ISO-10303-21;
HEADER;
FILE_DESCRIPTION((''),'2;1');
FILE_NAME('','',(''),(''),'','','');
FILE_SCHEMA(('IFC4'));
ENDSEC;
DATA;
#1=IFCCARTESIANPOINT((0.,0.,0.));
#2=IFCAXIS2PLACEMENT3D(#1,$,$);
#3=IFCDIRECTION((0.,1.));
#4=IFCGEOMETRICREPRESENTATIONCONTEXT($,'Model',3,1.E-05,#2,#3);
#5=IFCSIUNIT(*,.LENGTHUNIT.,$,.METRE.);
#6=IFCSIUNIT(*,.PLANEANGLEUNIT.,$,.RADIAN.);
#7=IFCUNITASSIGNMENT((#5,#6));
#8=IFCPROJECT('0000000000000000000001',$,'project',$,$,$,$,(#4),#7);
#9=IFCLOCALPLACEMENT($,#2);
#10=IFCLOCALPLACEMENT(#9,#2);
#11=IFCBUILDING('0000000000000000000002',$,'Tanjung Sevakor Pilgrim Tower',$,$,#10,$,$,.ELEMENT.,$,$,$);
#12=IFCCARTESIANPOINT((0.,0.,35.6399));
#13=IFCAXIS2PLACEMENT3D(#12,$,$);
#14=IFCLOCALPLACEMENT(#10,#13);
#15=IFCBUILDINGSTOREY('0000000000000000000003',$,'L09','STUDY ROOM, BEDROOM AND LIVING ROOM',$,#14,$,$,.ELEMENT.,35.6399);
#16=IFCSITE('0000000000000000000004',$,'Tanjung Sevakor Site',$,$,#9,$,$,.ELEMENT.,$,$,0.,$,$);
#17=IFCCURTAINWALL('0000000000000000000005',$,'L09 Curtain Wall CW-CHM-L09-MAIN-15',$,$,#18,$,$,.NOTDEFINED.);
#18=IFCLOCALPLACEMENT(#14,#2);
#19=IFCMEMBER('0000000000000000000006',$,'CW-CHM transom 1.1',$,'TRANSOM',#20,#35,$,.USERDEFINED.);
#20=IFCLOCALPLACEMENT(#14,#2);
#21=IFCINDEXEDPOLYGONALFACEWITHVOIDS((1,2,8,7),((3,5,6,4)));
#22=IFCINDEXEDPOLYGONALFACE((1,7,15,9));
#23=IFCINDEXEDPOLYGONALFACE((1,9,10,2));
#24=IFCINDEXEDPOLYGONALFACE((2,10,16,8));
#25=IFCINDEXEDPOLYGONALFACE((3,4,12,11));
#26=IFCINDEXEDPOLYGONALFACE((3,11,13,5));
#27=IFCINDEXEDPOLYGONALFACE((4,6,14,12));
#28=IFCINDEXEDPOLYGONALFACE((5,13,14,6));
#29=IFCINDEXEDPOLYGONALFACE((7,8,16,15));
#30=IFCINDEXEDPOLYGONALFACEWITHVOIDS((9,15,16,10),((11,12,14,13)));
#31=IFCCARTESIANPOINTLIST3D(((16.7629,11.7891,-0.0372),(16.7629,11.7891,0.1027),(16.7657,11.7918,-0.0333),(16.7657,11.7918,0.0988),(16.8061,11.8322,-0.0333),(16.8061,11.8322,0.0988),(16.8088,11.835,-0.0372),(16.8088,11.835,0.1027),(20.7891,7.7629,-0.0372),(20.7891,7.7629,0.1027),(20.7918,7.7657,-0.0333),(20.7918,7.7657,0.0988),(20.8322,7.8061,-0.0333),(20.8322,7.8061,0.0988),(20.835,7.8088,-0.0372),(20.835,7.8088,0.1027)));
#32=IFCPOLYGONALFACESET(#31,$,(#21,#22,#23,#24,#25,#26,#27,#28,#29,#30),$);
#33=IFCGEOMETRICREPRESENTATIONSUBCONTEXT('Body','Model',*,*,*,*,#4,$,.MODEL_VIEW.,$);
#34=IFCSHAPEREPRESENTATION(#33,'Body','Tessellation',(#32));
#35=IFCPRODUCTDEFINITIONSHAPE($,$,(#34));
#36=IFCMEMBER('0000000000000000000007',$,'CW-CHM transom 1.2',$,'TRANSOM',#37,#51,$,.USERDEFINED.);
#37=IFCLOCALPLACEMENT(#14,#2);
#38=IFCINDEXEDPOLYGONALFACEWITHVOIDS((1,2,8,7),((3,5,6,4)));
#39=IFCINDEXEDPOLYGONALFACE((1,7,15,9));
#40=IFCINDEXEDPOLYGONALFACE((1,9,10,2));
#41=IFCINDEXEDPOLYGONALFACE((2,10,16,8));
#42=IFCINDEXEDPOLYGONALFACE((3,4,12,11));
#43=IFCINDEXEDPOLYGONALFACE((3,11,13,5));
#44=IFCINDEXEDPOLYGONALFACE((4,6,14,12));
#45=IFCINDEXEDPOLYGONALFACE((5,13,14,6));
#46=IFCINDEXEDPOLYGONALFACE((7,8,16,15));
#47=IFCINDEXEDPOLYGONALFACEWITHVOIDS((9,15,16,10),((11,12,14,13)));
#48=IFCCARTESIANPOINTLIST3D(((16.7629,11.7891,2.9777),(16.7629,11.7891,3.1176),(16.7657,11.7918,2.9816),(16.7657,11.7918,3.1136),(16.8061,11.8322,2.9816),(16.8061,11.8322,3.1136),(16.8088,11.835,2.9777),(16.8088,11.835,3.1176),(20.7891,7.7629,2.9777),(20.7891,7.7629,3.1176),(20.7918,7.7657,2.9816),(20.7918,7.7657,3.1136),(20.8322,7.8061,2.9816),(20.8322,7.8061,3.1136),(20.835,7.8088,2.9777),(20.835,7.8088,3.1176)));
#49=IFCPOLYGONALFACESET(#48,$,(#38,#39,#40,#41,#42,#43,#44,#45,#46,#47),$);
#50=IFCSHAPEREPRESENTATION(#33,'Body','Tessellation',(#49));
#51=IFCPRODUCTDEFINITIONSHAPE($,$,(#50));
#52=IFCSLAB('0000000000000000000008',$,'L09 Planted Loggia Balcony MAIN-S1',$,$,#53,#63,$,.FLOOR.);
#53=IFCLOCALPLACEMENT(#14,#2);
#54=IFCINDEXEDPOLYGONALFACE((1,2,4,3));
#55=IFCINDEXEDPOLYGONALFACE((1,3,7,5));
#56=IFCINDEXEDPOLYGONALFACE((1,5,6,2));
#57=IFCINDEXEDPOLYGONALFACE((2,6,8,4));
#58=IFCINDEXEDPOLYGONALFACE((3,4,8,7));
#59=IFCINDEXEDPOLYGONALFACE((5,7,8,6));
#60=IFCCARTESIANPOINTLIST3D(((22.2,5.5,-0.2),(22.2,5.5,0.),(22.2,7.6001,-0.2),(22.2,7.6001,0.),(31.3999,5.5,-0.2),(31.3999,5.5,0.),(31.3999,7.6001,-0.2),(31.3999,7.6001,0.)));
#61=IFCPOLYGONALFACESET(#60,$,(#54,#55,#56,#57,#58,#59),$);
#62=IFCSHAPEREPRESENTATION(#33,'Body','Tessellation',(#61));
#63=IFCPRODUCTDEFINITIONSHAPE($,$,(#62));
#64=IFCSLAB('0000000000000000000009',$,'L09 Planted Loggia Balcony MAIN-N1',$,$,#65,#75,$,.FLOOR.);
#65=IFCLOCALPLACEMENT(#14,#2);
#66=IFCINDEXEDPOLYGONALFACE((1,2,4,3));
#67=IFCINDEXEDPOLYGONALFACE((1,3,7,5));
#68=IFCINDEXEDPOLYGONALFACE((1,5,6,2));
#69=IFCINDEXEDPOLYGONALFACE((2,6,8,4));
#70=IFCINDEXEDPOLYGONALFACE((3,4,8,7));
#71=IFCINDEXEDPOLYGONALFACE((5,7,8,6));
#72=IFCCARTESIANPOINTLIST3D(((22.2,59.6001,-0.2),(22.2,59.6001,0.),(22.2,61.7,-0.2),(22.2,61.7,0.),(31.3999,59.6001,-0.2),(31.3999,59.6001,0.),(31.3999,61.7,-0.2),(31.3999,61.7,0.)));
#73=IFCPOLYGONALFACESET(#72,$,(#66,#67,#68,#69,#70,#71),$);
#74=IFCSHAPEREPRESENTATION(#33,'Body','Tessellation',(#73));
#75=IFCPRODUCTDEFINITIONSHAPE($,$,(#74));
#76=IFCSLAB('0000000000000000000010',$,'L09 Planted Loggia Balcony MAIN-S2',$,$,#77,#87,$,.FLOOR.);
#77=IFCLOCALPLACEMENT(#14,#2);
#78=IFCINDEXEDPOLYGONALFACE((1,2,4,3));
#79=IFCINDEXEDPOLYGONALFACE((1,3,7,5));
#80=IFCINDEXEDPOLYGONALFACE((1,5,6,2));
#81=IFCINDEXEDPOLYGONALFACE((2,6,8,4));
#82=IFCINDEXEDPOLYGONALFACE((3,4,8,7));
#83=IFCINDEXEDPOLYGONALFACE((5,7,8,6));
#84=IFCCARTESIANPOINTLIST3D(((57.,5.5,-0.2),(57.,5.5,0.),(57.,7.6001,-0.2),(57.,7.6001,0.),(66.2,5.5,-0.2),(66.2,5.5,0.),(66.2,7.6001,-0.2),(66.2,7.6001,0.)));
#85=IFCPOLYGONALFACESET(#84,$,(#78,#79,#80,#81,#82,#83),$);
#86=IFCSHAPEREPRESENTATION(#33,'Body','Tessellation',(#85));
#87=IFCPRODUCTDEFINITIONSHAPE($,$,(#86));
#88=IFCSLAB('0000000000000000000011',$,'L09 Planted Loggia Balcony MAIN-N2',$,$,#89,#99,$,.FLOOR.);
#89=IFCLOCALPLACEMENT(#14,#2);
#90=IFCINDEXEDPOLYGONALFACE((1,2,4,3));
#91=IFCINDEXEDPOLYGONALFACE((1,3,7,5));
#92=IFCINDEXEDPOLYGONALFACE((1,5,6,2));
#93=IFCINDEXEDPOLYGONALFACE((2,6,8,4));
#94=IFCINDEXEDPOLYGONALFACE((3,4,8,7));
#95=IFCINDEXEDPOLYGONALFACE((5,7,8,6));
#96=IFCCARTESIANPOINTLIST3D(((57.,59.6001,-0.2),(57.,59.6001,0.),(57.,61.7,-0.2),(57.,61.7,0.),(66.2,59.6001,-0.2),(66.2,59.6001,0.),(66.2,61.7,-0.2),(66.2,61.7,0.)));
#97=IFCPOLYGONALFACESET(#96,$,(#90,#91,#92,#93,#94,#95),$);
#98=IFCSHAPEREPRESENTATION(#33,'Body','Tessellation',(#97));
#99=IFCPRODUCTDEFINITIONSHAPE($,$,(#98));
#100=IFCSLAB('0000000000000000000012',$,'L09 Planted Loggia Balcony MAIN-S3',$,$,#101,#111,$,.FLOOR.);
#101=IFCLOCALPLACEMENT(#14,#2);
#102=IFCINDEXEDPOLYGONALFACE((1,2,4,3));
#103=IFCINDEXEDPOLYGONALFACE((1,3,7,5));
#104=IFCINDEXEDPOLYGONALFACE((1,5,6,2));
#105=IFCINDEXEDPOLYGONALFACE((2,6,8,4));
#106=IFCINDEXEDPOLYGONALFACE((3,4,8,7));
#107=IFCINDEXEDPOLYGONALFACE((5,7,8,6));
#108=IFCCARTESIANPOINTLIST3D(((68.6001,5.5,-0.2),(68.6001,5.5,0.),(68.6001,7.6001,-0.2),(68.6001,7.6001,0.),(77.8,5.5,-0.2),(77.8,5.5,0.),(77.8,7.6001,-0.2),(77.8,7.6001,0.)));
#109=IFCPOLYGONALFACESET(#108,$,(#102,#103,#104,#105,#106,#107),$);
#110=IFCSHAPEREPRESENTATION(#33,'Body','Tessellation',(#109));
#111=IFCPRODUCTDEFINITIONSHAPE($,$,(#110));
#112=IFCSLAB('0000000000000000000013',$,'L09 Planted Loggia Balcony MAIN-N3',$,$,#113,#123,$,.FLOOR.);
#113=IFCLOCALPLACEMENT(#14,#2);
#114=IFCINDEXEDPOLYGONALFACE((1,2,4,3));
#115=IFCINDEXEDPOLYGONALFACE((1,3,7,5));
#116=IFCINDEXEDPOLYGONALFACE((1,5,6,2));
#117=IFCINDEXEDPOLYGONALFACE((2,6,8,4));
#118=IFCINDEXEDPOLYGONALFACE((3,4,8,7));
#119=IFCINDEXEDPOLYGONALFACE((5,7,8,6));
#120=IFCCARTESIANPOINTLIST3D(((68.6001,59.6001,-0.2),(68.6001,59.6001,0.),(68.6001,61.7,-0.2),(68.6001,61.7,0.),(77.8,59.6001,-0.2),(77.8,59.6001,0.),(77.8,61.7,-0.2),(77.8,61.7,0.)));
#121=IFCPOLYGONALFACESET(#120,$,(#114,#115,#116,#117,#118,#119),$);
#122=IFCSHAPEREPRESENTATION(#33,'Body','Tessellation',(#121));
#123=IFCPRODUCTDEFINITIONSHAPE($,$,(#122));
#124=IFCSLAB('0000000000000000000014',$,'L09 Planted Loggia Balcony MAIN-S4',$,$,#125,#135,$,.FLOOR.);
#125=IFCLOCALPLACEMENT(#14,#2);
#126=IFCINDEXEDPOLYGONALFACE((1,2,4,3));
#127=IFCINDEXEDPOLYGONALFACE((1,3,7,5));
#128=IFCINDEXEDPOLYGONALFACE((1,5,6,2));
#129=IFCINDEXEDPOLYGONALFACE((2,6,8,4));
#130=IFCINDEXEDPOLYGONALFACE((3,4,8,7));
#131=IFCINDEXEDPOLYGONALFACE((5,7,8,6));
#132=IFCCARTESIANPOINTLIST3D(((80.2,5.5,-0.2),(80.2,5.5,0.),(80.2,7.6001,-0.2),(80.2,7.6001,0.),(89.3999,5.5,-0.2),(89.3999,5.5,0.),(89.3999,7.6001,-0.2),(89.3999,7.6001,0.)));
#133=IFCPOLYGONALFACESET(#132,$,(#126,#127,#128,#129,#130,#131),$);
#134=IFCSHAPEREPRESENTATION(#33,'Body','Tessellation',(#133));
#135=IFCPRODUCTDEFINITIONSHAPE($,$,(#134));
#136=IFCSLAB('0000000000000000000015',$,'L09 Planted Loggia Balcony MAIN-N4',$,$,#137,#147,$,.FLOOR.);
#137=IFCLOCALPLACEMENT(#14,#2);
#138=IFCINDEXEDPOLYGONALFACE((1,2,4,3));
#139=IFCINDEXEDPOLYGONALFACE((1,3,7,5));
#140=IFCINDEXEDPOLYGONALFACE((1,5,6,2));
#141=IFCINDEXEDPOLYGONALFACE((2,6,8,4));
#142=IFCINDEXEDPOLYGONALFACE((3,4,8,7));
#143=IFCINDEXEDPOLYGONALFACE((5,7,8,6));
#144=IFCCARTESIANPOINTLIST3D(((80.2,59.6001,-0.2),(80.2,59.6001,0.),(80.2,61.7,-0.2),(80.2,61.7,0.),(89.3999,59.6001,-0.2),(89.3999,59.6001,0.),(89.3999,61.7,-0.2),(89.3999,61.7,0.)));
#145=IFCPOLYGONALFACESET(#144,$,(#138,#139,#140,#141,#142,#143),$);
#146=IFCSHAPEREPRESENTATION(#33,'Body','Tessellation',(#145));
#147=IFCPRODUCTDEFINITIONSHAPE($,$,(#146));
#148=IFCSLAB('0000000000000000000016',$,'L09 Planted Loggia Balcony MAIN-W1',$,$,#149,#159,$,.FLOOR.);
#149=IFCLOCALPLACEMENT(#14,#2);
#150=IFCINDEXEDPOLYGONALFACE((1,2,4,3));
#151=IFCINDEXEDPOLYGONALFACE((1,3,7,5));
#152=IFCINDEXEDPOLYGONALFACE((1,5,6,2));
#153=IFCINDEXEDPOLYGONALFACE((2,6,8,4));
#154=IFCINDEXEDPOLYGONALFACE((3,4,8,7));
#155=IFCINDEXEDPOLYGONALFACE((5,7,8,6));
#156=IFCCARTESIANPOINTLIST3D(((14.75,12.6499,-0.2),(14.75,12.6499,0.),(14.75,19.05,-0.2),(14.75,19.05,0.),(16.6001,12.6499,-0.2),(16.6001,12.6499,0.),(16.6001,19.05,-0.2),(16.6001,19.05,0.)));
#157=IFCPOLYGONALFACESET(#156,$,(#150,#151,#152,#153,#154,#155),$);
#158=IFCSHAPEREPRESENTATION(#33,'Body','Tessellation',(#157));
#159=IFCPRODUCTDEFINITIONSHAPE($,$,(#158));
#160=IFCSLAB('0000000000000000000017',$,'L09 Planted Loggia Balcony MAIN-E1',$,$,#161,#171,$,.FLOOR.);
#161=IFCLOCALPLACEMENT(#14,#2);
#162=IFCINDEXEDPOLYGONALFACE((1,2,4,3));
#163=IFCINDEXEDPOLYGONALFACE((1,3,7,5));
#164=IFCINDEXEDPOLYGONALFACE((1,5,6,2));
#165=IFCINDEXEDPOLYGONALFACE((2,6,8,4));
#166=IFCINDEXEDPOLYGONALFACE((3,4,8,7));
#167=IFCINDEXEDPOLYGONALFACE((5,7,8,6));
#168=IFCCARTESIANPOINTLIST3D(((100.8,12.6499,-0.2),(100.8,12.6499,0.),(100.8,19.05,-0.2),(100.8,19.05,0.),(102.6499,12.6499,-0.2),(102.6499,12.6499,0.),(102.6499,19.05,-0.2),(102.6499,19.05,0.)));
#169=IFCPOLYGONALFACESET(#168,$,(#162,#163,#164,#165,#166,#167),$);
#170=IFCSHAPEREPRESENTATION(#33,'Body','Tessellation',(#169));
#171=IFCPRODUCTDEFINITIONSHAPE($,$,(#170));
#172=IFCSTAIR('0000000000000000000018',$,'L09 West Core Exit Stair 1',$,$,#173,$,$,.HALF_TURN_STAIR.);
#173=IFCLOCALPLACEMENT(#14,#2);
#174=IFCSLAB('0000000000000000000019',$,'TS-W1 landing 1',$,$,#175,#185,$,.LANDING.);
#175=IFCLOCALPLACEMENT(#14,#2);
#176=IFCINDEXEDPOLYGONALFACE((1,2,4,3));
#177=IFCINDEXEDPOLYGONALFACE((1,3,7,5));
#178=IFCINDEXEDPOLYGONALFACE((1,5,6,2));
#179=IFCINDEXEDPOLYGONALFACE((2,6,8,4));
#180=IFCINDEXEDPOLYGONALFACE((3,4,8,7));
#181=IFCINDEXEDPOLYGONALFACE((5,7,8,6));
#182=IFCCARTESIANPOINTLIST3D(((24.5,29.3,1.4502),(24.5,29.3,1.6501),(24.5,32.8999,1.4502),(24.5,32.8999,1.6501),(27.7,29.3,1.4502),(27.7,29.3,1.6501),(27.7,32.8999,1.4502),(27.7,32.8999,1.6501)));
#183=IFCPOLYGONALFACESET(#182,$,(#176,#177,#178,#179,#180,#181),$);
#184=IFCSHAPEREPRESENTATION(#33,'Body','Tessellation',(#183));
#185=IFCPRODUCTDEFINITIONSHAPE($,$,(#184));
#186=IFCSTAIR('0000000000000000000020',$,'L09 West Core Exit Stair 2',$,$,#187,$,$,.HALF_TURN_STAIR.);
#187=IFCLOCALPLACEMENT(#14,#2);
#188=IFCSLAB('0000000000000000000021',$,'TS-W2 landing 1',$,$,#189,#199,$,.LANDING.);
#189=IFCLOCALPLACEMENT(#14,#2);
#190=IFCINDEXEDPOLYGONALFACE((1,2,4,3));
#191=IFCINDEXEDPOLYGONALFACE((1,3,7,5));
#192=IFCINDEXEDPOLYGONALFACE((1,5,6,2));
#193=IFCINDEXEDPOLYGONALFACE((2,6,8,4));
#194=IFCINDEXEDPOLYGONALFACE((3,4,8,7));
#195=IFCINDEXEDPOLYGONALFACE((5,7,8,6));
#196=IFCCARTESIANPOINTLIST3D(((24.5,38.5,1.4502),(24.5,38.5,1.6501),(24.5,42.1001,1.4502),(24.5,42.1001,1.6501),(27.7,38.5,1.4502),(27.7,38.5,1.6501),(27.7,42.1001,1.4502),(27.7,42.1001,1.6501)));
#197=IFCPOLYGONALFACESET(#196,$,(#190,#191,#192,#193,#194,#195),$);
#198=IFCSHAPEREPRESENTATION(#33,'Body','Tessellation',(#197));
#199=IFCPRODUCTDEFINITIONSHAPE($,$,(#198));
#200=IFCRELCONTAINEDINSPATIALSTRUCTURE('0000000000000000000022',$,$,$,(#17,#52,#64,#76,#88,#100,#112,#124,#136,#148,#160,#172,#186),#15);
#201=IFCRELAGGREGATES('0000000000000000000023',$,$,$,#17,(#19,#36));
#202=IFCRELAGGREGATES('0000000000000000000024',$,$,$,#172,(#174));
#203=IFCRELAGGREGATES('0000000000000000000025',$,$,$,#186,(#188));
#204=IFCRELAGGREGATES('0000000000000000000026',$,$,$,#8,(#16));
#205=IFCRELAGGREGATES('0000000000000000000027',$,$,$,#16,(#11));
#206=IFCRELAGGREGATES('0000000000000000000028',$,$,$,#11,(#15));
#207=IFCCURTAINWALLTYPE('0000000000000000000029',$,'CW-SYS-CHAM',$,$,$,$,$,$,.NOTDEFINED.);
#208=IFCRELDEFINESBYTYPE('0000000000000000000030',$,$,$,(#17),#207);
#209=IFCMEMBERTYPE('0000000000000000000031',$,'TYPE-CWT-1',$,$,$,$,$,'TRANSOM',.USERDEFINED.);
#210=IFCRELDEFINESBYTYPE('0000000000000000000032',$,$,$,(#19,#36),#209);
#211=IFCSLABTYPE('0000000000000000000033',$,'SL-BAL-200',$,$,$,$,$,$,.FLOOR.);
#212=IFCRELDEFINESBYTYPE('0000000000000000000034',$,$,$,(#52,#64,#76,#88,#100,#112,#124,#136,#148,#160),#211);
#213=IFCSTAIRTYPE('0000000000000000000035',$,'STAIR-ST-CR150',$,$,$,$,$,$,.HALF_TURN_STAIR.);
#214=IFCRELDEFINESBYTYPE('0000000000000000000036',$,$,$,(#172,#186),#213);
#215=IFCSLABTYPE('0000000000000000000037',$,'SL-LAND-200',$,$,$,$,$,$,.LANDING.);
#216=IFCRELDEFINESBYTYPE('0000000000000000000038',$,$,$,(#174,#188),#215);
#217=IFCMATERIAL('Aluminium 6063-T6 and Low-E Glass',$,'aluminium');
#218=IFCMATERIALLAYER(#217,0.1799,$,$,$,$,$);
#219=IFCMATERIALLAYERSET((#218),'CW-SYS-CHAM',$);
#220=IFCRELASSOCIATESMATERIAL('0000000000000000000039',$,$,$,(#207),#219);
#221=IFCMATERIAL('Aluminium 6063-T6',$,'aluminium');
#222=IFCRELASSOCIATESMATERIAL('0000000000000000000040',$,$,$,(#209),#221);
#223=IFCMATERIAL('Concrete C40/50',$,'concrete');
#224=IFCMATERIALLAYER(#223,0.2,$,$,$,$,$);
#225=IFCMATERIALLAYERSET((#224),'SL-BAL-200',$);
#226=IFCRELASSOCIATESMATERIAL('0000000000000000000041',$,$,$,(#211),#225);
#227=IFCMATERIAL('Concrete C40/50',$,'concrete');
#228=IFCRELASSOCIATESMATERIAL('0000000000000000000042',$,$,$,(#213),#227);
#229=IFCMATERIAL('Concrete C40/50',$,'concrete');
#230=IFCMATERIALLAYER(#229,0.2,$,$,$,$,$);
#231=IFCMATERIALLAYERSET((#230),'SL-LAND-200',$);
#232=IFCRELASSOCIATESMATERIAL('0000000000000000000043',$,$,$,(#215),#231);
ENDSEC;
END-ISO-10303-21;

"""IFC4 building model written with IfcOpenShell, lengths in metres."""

from ifc_helpers import new_model, si_unit, direction, frame, origin, origin_2d, place, context, subcontext, project, spatial, polyline, hollow_rectangle, outline, extrude, material, layer, layer_set, material_profile, profile_set, type_object, element, aggregate, save


model = new_model("IFC4")

# Units and contexts
model_context = context("Model", 3, precision=1e-05, world=origin(), true_north=direction((0.0, 1.0)))
body_context = subcontext(model_context, "Body", "Model", "MODEL_VIEW")
ifc_project = project(units=[si_unit("LENGTHUNIT", "METRE"), si_unit("PLANEANGLEUNIT", "RADIAN")], contexts=[model_context])

# Site, building, storey
site_placement = place(None, origin())
site = spatial("IfcSite", under=ifc_project, at=site_placement, Name="Tanjung Sevakor Site", CompositionType="ELEMENT", RefElevation=0.0)
building_placement = place(site_placement, origin())
building = spatial("IfcBuilding", under=site, at=building_placement, Name="Tanjung Sevakor Pilgrim Tower", CompositionType="ELEMENT")
storey_placement = place(building_placement, frame((0.0, 0.0, 35.6399)))
storey = spatial("IfcBuildingStorey", under=building, at=storey_placement, Name="L09", Description="STUDY ROOM, BEDROOM AND LIVING ROOM", CompositionType="ELEMENT", Elevation=35.6399)

# Curtain wall, members
ifc_material_1 = material(Name="Aluminium 6063-T6 and Low-E Glass", Category="aluminium")
ifc_layer_1 = layer(ifc_material_1, 0.1799)
ifc_layer_set_1 = layer_set([ifc_layer_1], Name="CW-SYS-CHAM")
curtain_wall_type = type_object("IfcCurtainWallType", Name="CW-SYS-CHAM", PredefinedType="NOTDEFINED", material=ifc_layer_set_1)
curtain_wall_placement = place(storey_placement, origin())
curtain_wall = element("IfcCurtainWall", 1, at=curtain_wall_placement, inside=storey, type_object=curtain_wall_type, Name="L09 Curtain Wall CW-CHM-L09-MAIN-15", PredefinedType="NOTDEFINED")
ifc_material_2 = material(Name="Aluminium 6063-T6", Category="aluminium")
ifc_material_profile_1 = material_profile(ifc_material_2, hollow_rectangle(XDim=0.0649, YDim=0.1399, WallThickness=0.0039, at=origin_2d()))
ifc_profile_set_1 = profile_set([ifc_material_profile_1], Name="Aluminium 6063-T6")
member_type_1 = type_object("IfcMemberType", Name="TYPE-CWT-1", ElementType="TRANSOM", PredefinedType="USERDEFINED", material=ifc_profile_set_1)
member_1_placement = place(storey_placement, frame((16.7859, 11.812, 0.0327), z_axis=(0.707107, -0.707107, 0.0), x_axis=(0.707107, 0.707107, 0.0)))
member_1 = element("IfcMember", 2, at=member_1_placement, type_object=member_type_1, Name="CW-CHM transom 1.1", ObjectType="TRANSOM", PredefinedType="USERDEFINED", context=body_context, shape_type="SweptSolid", body=[
    extrude(hollow_rectangle(XDim=0.0649, YDim=0.1399, WallThickness=0.0039, at=origin_2d()), origin(), (0.0, 0.0, 1.0), 5.6938),
])
member_2_placement = place(storey_placement, frame((16.7859, 11.812, 3.0476), z_axis=(0.707107, -0.707107, 0.0), x_axis=(0.707107, 0.707107, 0.0)))
member_2 = element("IfcMember", 3, at=member_2_placement, type_object=member_type_1, Name="CW-CHM transom 1.2", ObjectType="TRANSOM", PredefinedType="USERDEFINED", context=body_context, shape_type="SweptSolid", body=[
    extrude(hollow_rectangle(XDim=0.0649, YDim=0.1399, WallThickness=0.0039, at=origin_2d()), origin(), (0.0, 0.0, 1.0), 5.6938),
])
aggregate(curtain_wall, [member_1, member_2])

# Slabs
ifc_material_3 = material(Name="Concrete C40/50", Category="concrete")
ifc_layer_2 = layer(ifc_material_3, 0.2)
ifc_layer_set_2 = layer_set([ifc_layer_2], Name="SL-BAL-200")
slab_type_1 = type_object("IfcSlabType", Name="SL-BAL-200", PredefinedType="FLOOR", material=ifc_layer_set_2)
slab_1_placement = place(storey_placement, frame((0.0, 0.0, -0.2)))
element("IfcSlab", 4, at=slab_1_placement, inside=storey, type_object=slab_type_1, Name="L09 Planted Loggia Balcony MAIN-S1", PredefinedType="FLOOR", context=body_context, shape_type="SweptSolid", body=[
    extrude(outline(polyline([(22.2, 5.5), (31.3999, 5.5), (31.3999, 7.6001), (22.2, 7.6001), (22.2, 5.5)])), origin(), (0.0, 0.0, 1.0), 0.2),
])
slab_2_placement = place(storey_placement, frame((0.0, 0.0, -0.2)))
element("IfcSlab", 5, at=slab_2_placement, inside=storey, type_object=slab_type_1, Name="L09 Planted Loggia Balcony MAIN-N1", PredefinedType="FLOOR", context=body_context, shape_type="SweptSolid", body=[
    extrude(outline(polyline([(22.2, 59.6001), (31.3999, 59.6001), (31.3999, 61.7), (22.2, 61.7), (22.2, 59.6001)])), origin(), (0.0, 0.0, 1.0), 0.2),
])
slab_3_placement = place(storey_placement, frame((0.0, 0.0, -0.2)))
element("IfcSlab", 6, at=slab_3_placement, inside=storey, type_object=slab_type_1, Name="L09 Planted Loggia Balcony MAIN-S2", PredefinedType="FLOOR", context=body_context, shape_type="SweptSolid", body=[
    extrude(outline(polyline([(57.0, 5.5), (66.2, 5.5), (66.2, 7.6001), (57.0, 7.6001), (57.0, 5.5)])), origin(), (0.0, 0.0, 1.0), 0.2),
])
slab_4_placement = place(storey_placement, frame((0.0, 0.0, -0.2)))
element("IfcSlab", 7, at=slab_4_placement, inside=storey, type_object=slab_type_1, Name="L09 Planted Loggia Balcony MAIN-N2", PredefinedType="FLOOR", context=body_context, shape_type="SweptSolid", body=[
    extrude(outline(polyline([(57.0, 59.6001), (66.2, 59.6001), (66.2, 61.7), (57.0, 61.7), (57.0, 59.6001)])), origin(), (0.0, 0.0, 1.0), 0.2),
])
slab_5_placement = place(storey_placement, frame((0.0, 0.0, -0.2)))
element("IfcSlab", 8, at=slab_5_placement, inside=storey, type_object=slab_type_1, Name="L09 Planted Loggia Balcony MAIN-S3", PredefinedType="FLOOR", context=body_context, shape_type="SweptSolid", body=[
    extrude(outline(polyline([(68.6001, 5.5), (77.8, 5.5), (77.8, 7.6001), (68.6001, 7.6001), (68.6001, 5.5)])), origin(), (0.0, 0.0, 1.0), 0.2),
])
slab_6_placement = place(storey_placement, frame((0.0, 0.0, -0.2)))
element("IfcSlab", 9, at=slab_6_placement, inside=storey, type_object=slab_type_1, Name="L09 Planted Loggia Balcony MAIN-N3", PredefinedType="FLOOR", context=body_context, shape_type="SweptSolid", body=[
    extrude(outline(polyline([(68.6001, 59.6001), (77.8, 59.6001), (77.8, 61.7), (68.6001, 61.7), (68.6001, 59.6001)])), origin(), (0.0, 0.0, 1.0), 0.2),
])
slab_7_placement = place(storey_placement, frame((0.0, 0.0, -0.2)))
element("IfcSlab", 10, at=slab_7_placement, inside=storey, type_object=slab_type_1, Name="L09 Planted Loggia Balcony MAIN-S4", PredefinedType="FLOOR", context=body_context, shape_type="SweptSolid", body=[
    extrude(outline(polyline([(80.2, 5.5), (89.3999, 5.5), (89.3999, 7.6001), (80.2, 7.6001), (80.2, 5.5)])), origin(), (0.0, 0.0, 1.0), 0.2),
])
slab_8_placement = place(storey_placement, frame((0.0, 0.0, -0.2)))
element("IfcSlab", 11, at=slab_8_placement, inside=storey, type_object=slab_type_1, Name="L09 Planted Loggia Balcony MAIN-N4", PredefinedType="FLOOR", context=body_context, shape_type="SweptSolid", body=[
    extrude(outline(polyline([(80.2, 59.6001), (89.3999, 59.6001), (89.3999, 61.7), (80.2, 61.7), (80.2, 59.6001)])), origin(), (0.0, 0.0, 1.0), 0.2),
])
slab_9_placement = place(storey_placement, frame((0.0, 0.0, -0.2)))
element("IfcSlab", 12, at=slab_9_placement, inside=storey, type_object=slab_type_1, Name="L09 Planted Loggia Balcony MAIN-W1", PredefinedType="FLOOR", context=body_context, shape_type="SweptSolid", body=[
    extrude(outline(polyline([(14.75, 12.6499), (16.6001, 12.6499), (16.6001, 19.05), (14.75, 19.05), (14.75, 12.6499)])), origin(), (0.0, 0.0, 1.0), 0.2),
])
slab_10_placement = place(storey_placement, frame((0.0, 0.0, -0.2)))
element("IfcSlab", 13, at=slab_10_placement, inside=storey, type_object=slab_type_1, Name="L09 Planted Loggia Balcony MAIN-E1", PredefinedType="FLOOR", context=body_context, shape_type="SweptSolid", body=[
    extrude(outline(polyline([(100.8, 12.6499), (102.6499, 12.6499), (102.6499, 19.05), (100.8, 19.05), (100.8, 12.6499)])), origin(), (0.0, 0.0, 1.0), 0.2),
])

# Stairs, slabs
ifc_material_4 = material(Name="Concrete C40/50", Category="concrete")
stair_type = type_object("IfcStairType", Name="STAIR-ST-CR150", PredefinedType="HALF_TURN_STAIR", material=ifc_material_4)
stair_1_placement = place(storey_placement, origin())
stair_1 = element("IfcStair", 14, at=stair_1_placement, inside=storey, type_object=stair_type, Name="L09 West Core Exit Stair 1", PredefinedType="HALF_TURN_STAIR")
ifc_material_5 = material(Name="Concrete C40/50", Category="concrete")
ifc_layer_3 = layer(ifc_material_5, 0.2)
ifc_layer_set_3 = layer_set([ifc_layer_3], Name="SL-LAND-200")
slab_type_2 = type_object("IfcSlabType", Name="SL-LAND-200", PredefinedType="LANDING", material=ifc_layer_set_3)
slab_11_placement = place(storey_placement, frame((0.0, 0.0, 1.4502)))
slab_11 = element("IfcSlab", 15, at=slab_11_placement, type_object=slab_type_2, Name="TS-W1 landing 1", PredefinedType="LANDING", context=body_context, shape_type="SweptSolid", body=[
    extrude(outline(polyline([(27.7, 29.3), (27.7, 32.8999), (24.5, 32.8999), (24.5, 29.3), (27.7, 29.3)])), origin(), (0.0, 0.0, 1.0), 0.2),
])
aggregate(stair_1, [slab_11])
stair_2_placement = place(storey_placement, origin())
stair_2 = element("IfcStair", 16, at=stair_2_placement, inside=storey, type_object=stair_type, Name="L09 West Core Exit Stair 2", PredefinedType="HALF_TURN_STAIR")
slab_12_placement = place(storey_placement, frame((0.0, 0.0, 1.4502)))
slab_12 = element("IfcSlab", 17, at=slab_12_placement, type_object=slab_type_2, Name="TS-W2 landing 1", PredefinedType="LANDING", context=body_context, shape_type="SweptSolid", body=[
    extrude(outline(polyline([(27.7, 38.5), (27.7, 42.1001), (24.5, 42.1001), (24.5, 38.5), (27.7, 38.5)])), origin(), (0.0, 0.0, 1.0), 0.2),
])
aggregate(stair_2, [slab_12])

save(model, "model.ifc")
